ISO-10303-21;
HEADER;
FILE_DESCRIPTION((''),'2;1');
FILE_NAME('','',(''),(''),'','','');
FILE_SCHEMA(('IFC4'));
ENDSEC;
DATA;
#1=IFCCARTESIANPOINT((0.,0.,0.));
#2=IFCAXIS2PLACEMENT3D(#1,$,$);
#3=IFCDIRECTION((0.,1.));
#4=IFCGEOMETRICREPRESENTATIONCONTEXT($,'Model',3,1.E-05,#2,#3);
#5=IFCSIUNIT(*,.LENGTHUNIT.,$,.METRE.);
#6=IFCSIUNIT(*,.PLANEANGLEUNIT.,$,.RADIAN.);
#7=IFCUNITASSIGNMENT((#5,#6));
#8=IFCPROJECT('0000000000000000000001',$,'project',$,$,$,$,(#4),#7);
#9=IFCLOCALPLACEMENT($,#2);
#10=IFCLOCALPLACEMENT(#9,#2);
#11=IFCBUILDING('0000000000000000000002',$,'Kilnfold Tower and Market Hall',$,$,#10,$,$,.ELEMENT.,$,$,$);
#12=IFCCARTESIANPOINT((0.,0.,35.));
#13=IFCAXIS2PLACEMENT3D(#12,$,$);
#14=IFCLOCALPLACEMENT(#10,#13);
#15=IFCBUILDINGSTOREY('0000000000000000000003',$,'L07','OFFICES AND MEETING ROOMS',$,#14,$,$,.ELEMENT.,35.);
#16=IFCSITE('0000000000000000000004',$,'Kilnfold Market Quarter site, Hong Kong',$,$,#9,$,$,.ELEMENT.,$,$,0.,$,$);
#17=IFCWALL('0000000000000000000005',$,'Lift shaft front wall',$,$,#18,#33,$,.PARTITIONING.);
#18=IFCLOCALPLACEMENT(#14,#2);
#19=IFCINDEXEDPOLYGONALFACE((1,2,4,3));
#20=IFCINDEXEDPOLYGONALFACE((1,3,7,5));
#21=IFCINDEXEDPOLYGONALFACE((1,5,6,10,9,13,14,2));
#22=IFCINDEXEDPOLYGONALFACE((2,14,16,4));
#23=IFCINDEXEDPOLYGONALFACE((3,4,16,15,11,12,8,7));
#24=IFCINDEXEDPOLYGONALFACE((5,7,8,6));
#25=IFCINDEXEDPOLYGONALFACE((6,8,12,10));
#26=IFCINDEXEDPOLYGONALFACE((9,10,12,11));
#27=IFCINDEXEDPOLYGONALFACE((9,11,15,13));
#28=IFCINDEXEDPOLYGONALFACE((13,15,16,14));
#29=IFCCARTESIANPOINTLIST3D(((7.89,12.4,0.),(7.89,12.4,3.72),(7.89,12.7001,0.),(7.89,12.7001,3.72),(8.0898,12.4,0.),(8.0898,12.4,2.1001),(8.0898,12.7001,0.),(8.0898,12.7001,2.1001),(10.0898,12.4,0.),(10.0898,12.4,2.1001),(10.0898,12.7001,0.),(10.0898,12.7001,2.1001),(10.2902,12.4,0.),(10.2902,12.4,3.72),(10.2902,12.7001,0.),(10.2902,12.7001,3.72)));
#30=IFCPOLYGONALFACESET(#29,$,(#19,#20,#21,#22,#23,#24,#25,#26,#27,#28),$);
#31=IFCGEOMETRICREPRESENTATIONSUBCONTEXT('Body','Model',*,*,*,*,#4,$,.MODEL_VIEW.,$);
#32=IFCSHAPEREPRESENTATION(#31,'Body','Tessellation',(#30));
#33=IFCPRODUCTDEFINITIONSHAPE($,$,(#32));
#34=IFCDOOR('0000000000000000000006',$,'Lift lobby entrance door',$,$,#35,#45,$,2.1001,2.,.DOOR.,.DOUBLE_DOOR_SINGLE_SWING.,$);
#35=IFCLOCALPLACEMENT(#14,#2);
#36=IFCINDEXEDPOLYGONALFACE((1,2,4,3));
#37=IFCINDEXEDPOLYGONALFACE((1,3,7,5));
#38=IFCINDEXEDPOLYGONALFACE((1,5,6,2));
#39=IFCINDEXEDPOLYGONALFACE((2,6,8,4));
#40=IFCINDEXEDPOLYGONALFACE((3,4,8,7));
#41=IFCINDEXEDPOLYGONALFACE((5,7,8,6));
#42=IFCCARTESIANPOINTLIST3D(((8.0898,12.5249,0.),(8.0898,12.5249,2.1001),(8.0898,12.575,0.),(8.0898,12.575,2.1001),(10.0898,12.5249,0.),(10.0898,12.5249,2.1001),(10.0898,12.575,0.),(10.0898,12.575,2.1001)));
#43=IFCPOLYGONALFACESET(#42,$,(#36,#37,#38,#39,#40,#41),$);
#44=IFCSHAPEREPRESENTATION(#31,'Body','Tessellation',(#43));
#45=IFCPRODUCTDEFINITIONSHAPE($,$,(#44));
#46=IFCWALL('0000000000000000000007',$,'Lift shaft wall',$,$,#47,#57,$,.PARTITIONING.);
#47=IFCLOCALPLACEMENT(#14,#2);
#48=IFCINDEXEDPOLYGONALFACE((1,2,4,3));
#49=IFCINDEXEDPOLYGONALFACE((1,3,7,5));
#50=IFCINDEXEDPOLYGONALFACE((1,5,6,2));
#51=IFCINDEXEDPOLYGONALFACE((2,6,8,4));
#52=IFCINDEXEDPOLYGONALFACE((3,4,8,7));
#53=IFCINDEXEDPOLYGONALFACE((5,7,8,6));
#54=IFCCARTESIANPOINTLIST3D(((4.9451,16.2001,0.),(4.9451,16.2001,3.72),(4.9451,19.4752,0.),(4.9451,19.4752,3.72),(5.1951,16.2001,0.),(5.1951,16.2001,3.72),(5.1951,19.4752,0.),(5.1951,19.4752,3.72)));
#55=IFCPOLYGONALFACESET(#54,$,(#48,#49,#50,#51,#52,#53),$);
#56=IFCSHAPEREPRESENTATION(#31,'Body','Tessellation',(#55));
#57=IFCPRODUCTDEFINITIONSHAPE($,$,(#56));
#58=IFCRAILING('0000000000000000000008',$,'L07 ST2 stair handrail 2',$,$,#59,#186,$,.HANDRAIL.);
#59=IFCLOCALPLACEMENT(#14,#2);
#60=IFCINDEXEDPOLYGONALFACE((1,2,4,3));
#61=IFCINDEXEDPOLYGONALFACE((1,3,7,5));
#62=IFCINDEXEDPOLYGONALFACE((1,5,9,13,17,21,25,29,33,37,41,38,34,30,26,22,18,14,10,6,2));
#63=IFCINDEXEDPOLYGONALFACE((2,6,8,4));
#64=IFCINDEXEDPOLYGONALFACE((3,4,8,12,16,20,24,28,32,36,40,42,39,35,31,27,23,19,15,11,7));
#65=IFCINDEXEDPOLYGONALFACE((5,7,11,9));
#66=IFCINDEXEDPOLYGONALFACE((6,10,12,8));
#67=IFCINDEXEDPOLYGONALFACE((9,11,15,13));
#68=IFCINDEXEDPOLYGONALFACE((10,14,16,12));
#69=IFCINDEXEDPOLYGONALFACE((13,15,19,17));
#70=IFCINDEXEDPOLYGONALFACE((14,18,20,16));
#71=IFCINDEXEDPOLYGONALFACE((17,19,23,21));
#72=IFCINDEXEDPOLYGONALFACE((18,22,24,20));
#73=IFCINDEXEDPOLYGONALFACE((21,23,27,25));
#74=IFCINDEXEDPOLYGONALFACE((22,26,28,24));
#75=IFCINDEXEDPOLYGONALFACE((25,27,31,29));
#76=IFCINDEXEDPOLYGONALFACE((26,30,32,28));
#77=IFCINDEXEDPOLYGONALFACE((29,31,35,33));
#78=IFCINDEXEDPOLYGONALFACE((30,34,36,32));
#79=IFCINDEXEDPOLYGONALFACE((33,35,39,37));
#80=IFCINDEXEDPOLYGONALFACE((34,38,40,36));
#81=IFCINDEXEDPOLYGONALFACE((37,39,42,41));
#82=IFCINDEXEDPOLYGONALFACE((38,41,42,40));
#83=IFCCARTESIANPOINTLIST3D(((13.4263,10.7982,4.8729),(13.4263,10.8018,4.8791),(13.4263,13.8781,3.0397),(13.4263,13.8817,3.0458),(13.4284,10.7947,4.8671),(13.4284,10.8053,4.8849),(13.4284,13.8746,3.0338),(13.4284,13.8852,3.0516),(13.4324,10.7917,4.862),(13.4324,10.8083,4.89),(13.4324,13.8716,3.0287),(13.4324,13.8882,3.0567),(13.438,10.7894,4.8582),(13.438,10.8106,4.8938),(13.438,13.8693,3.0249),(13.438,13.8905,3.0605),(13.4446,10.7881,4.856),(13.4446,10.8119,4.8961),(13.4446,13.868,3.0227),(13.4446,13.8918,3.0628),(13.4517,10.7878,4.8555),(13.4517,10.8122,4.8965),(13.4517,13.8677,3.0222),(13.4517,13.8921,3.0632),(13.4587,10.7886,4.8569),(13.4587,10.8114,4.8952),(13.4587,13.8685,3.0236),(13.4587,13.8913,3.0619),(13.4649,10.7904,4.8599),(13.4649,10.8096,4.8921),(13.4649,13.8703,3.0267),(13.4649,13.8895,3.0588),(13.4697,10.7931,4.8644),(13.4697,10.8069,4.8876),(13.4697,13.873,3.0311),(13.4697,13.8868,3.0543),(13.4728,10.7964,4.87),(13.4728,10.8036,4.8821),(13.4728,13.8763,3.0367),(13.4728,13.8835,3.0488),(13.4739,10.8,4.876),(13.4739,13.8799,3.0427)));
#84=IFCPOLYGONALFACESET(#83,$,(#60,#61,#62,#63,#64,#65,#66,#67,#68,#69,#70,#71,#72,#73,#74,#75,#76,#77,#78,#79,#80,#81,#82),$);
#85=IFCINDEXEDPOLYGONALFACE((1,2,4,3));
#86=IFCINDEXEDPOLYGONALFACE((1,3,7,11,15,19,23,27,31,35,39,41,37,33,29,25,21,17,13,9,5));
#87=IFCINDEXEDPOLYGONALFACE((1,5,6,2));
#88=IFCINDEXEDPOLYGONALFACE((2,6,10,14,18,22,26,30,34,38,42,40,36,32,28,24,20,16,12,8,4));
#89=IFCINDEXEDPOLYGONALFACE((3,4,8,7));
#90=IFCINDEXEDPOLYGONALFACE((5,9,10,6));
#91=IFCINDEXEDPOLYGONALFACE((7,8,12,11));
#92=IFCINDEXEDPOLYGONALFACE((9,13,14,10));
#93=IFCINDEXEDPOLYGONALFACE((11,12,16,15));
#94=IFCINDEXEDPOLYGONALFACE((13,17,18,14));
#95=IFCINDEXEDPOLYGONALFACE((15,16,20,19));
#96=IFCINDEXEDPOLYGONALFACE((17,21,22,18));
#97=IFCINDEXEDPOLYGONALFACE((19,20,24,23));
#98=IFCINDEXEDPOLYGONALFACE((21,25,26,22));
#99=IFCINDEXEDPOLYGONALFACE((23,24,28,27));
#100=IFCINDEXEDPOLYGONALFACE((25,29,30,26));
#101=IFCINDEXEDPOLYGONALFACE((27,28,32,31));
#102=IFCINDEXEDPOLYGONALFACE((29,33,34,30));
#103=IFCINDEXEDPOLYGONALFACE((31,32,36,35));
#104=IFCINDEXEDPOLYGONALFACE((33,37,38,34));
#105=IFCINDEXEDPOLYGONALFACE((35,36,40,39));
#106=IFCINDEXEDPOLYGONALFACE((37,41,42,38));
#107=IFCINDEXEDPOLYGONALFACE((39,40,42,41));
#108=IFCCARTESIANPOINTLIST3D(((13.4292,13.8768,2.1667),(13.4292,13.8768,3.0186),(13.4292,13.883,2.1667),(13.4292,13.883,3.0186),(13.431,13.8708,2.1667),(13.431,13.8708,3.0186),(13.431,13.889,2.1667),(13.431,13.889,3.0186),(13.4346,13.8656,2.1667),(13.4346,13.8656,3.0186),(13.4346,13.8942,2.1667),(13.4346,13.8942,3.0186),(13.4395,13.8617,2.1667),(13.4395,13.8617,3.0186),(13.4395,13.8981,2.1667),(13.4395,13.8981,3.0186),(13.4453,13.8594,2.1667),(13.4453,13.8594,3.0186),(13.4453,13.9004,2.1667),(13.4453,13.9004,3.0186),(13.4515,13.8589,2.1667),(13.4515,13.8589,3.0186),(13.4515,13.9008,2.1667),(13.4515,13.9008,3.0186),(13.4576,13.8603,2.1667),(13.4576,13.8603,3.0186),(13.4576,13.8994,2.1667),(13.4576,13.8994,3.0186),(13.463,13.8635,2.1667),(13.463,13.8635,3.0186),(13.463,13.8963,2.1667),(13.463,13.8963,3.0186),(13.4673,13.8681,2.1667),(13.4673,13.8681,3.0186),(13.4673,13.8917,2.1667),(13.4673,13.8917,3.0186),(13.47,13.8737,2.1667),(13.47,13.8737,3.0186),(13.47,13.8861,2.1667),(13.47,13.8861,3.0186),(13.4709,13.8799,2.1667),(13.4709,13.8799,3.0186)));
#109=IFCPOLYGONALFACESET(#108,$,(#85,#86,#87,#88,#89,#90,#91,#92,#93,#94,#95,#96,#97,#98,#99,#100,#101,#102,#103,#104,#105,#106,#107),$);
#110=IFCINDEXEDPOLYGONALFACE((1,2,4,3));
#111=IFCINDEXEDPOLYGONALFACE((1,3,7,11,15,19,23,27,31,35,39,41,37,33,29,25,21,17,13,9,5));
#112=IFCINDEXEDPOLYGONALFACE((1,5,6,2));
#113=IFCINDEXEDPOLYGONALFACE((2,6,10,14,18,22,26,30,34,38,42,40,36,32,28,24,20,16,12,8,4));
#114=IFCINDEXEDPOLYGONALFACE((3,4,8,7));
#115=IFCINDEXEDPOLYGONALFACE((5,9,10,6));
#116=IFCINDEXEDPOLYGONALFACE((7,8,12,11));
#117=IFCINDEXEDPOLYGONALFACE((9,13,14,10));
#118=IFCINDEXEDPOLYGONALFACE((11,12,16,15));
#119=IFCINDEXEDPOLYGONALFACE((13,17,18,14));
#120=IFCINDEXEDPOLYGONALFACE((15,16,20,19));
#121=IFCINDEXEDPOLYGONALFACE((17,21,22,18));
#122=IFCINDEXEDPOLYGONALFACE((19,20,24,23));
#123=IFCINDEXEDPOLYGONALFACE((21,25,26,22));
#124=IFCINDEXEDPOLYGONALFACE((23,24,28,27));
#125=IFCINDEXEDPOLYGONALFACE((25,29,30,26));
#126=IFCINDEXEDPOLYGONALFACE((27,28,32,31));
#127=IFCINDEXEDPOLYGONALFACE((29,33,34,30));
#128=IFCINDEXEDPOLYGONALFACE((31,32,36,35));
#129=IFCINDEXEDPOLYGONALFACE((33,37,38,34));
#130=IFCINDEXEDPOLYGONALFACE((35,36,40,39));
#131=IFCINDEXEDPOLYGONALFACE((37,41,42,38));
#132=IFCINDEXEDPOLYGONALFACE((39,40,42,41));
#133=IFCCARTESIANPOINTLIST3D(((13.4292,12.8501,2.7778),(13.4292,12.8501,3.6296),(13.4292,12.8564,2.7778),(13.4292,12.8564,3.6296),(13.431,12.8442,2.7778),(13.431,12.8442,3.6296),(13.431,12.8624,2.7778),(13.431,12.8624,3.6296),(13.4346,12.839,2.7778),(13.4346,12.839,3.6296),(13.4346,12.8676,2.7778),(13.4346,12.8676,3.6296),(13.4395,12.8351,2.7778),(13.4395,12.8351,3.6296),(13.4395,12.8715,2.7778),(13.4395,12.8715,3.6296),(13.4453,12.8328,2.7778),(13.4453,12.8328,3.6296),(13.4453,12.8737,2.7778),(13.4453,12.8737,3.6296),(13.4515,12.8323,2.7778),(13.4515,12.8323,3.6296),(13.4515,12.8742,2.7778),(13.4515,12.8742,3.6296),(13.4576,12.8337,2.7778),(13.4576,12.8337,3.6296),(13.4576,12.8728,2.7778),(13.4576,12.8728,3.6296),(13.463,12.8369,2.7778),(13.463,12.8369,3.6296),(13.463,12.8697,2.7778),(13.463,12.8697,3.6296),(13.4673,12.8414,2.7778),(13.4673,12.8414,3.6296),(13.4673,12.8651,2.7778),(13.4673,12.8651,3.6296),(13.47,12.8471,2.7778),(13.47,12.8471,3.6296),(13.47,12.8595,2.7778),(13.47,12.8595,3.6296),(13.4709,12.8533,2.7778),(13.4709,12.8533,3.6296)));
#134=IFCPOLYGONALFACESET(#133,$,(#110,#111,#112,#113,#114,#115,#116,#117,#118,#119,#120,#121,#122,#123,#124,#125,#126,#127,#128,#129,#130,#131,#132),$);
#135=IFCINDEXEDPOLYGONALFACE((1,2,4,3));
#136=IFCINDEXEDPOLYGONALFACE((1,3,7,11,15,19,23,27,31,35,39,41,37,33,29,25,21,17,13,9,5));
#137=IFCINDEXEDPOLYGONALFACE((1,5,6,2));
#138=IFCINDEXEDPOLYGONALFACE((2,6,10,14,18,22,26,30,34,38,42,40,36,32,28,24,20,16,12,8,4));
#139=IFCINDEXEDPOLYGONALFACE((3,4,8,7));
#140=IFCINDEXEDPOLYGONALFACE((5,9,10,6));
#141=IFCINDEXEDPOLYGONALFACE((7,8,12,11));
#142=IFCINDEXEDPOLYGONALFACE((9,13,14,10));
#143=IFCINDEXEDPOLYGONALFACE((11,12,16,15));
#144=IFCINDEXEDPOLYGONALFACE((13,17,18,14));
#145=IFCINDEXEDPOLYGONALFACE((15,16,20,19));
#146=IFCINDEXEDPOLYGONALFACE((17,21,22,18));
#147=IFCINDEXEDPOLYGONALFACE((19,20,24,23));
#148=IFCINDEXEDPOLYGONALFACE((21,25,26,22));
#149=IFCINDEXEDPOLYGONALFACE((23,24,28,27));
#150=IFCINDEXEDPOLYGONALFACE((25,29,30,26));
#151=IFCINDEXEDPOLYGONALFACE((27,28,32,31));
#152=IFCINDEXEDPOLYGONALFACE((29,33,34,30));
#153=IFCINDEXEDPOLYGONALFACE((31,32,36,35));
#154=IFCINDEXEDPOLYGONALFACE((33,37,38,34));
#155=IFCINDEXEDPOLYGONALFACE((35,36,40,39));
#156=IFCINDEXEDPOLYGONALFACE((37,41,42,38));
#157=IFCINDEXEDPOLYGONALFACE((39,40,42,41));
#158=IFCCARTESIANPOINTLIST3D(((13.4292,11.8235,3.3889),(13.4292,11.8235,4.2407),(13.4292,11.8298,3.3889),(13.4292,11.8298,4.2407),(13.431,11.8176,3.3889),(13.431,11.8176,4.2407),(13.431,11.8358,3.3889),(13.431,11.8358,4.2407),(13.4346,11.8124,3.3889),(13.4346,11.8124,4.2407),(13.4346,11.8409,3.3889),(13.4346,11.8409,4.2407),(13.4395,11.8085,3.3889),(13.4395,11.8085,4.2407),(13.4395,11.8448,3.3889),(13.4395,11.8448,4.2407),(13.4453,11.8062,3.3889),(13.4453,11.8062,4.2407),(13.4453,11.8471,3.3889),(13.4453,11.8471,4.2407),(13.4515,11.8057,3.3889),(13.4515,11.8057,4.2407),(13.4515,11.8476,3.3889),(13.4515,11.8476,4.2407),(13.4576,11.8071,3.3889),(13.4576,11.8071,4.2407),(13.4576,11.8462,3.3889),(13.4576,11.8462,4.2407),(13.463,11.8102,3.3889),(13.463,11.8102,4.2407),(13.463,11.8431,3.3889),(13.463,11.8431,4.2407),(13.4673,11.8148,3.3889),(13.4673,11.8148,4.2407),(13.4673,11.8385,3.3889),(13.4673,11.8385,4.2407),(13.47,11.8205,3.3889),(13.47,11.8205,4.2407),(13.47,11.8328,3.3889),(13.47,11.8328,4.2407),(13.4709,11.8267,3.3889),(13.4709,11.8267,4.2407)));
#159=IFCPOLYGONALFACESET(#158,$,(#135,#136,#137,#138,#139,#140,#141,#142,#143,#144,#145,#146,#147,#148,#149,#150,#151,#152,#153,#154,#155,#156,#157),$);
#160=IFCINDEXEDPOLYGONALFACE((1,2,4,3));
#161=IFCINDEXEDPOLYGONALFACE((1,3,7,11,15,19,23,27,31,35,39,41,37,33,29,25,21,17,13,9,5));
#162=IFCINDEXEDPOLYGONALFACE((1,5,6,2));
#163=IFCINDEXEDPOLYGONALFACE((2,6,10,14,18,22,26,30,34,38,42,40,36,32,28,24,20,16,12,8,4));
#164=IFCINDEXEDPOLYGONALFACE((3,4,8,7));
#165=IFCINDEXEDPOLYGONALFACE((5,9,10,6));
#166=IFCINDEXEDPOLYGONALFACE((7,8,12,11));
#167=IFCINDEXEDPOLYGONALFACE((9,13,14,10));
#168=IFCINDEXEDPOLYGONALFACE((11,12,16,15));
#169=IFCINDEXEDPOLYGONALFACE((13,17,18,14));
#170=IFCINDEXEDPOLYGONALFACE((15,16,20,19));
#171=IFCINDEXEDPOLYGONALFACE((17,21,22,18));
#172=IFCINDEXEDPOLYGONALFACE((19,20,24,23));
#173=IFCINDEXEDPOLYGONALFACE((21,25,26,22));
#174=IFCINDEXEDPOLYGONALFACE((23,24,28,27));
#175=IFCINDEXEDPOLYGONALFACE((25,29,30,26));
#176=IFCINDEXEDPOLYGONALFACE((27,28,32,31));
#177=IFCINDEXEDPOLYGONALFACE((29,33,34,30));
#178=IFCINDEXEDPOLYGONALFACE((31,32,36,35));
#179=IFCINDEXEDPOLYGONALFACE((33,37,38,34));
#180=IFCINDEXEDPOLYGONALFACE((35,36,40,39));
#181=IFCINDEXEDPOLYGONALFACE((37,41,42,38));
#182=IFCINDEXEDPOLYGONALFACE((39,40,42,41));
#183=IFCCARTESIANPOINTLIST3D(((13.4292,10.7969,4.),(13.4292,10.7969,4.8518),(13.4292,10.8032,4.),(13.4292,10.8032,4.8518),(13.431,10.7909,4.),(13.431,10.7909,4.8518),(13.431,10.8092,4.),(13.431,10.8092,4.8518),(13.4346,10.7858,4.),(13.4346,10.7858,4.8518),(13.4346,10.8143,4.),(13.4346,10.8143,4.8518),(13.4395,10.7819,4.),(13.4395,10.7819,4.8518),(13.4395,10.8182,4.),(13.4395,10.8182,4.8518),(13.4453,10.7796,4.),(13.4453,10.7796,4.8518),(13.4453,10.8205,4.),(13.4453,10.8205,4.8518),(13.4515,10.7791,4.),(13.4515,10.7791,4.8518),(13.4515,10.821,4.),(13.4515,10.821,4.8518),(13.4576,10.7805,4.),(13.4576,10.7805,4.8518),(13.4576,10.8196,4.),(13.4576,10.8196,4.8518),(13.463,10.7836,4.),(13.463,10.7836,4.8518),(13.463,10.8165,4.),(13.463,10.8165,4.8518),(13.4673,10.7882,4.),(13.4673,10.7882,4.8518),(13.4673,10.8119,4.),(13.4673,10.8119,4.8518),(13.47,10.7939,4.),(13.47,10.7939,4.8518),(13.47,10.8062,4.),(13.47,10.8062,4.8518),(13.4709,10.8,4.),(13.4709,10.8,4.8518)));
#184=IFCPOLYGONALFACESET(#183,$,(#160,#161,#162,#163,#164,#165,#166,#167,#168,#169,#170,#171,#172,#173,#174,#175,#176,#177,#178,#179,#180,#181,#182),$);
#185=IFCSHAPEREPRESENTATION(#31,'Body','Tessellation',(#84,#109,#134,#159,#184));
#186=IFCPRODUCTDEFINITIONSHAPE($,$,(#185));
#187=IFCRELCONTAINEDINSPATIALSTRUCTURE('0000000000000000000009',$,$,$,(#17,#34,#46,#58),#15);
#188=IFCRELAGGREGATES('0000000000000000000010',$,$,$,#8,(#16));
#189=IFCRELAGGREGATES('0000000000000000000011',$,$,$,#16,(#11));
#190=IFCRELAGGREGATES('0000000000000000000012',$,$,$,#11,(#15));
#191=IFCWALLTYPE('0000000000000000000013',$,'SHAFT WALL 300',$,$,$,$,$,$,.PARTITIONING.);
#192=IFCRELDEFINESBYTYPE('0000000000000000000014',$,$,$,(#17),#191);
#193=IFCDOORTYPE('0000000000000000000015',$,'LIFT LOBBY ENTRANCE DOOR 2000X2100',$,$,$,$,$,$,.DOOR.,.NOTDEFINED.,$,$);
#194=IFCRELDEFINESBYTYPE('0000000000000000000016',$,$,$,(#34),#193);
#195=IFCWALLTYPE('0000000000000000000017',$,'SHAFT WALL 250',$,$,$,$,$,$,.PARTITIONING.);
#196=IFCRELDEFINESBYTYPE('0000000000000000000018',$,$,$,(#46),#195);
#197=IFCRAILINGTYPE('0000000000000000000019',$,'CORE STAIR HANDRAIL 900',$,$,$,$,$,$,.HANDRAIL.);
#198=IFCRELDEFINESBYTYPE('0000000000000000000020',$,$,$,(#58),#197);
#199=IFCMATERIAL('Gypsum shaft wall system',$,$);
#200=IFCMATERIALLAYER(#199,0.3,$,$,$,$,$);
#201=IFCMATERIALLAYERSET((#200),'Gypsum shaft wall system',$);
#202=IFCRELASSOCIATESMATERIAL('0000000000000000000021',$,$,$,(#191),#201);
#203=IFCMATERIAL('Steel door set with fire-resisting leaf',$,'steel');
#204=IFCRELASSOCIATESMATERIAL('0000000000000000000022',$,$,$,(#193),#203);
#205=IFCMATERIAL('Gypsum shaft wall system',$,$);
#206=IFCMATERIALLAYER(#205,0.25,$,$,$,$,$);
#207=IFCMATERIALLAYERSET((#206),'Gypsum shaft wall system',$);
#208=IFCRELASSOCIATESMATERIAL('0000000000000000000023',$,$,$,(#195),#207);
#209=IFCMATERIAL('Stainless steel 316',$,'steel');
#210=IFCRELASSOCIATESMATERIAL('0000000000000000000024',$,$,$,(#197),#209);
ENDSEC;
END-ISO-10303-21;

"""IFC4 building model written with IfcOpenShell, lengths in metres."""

from ifc_helpers import new_model, si_unit, direction, frame, frame_2d, origin, origin_2d, place, context, subcontext, project, spatial, rectangle, circle, extrude, source, transform, mapped, material, layer, layer_set, type_object, element, fill, save


model = new_model("IFC4")

# Units and contexts
model_context = context("Model", 3, precision=1e-05, world=origin(), true_north=direction((0.0, 1.0)))
body_context = subcontext(model_context, "Body", "Model", "MODEL_VIEW")
ifc_project = project(units=[si_unit("LENGTHUNIT", "METRE"), si_unit("PLANEANGLEUNIT", "RADIAN")], contexts=[model_context])

# Site, building, storey
site_placement = place(None, origin())
site = spatial("IfcSite", under=ifc_project, at=site_placement, Name="Kilnfold Market Quarter site, Hong Kong", CompositionType="ELEMENT", RefElevation=0.0)
building_placement = place(site_placement, origin())
building = spatial("IfcBuilding", under=site, at=building_placement, Name="Kilnfold Tower and Market Hall", CompositionType="ELEMENT")
storey_placement = place(building_placement, frame((0.0, 0.0, 35.0)))
storey = spatial("IfcBuildingStorey", under=building, at=storey_placement, Name="L07", Description="OFFICES AND MEETING ROOMS", CompositionType="ELEMENT", Elevation=35.0)

# Shared definitions
ifc_material_1 = material(Name="Gypsum shaft wall system")
ifc_layer_1 = layer(ifc_material_1, 0.3)
ifc_layer_set_1 = layer_set([ifc_layer_1], Name="Gypsum shaft wall system")
wall_type_1 = type_object("IfcWallType", Name="SHAFT WALL 300", PredefinedType="PARTITIONING", material=ifc_layer_set_1)

# Wall, opening, door
shared_shape_1 = source(origin(), body_context, "Body", "SweptSolid", [
    extrude(rectangle(XDim=2.4001, YDim=0.3, at=frame_2d((1.2002, 0.0))), origin(), (0.0, 0.0, 1.0), 3.72),
])
wall_1_placement = place(storey_placement, frame((7.8899, 12.55, 0.0), z_axis=(0.0, 0.0, 1.0), x_axis=(1.0, 0.0, 0.0)))
wall_1 = element("IfcWall", 1, at=wall_1_placement, inside=storey, type_object=wall_type_1, Name="Lift shaft front wall", PredefinedType="PARTITIONING", context=body_context, shape_type="MappedRepresentation", body=[
    mapped(shared_shape_1, transform((0.0, 0.0, 0.0))),
])
opening_1_placement = place(wall_1_placement, frame((0.2, 0.0, 0.0)))
opening_1 = element("IfcOpeningElement", 2, at=opening_1_placement, cuts=wall_1, PredefinedType="OPENING", context=body_context, shape_type="SweptSolid", body=[
    extrude(rectangle(XDim=2.0, YDim=2.1001, at=frame_2d((1.0, 1.05))), frame((0.0, 0.1602, 0.0), z_axis=(0.0, -1.0, 0.0), x_axis=(1.0, 0.0, 0.0)), (0.0, 0.0, 1.0), 0.3201),
])
ifc_material_2 = material(Name="Steel door set with fire-resisting leaf", Category="steel")
door_type_1 = type_object("IfcDoorType", Name="LIFT LOBBY ENTRANCE DOOR 2000X2100", OperationType="NOTDEFINED", PredefinedType="DOOR", material=ifc_material_2)
door_1_placement = place(opening_1_placement, origin())
door_1 = element("IfcDoor", 3, at=door_1_placement, inside=storey, type_object=door_type_1, Name="Lift lobby entrance door", OperationType="DOUBLE_DOOR_SINGLE_SWING", OverallHeight=2.1001, OverallWidth=2.0, PredefinedType="DOOR", context=body_context, shape_type="SweptSolid", body=[
    extrude(rectangle(XDim=2.0, YDim=2.1001, at=frame_2d((1.0, 1.05))), frame((0.0, 0.0249, 0.0), z_axis=(0.0, -1.0, 0.0), x_axis=(1.0, 0.0, 0.0)), (0.0, 0.0, 1.0), 0.05),
])
fill(opening_1, door_1)

# Wall
ifc_material_3 = material(Name="Gypsum shaft wall system")
ifc_layer_2 = layer(ifc_material_3, 0.25)
ifc_layer_set_2 = layer_set([ifc_layer_2], Name="Gypsum shaft wall system")
wall_type_2 = type_object("IfcWallType", Name="SHAFT WALL 250", PredefinedType="PARTITIONING", material=ifc_layer_set_2)
shared_shape_2 = source(origin(), body_context, "Body", "SweptSolid", [
    extrude(rectangle(XDim=3.2751, YDim=0.25, at=frame_2d((1.6377, 0.0))), origin(), (0.0, 0.0, 1.0), 3.72),
])
wall_2_placement = place(storey_placement, frame((5.0701, 16.2, 0.0), z_axis=(0.0, 0.0, 1.0), x_axis=(0.0, 1.0, 0.0)))
element("IfcWall", 4, at=wall_2_placement, inside=storey, type_object=wall_type_2, Name="Lift shaft wall", PredefinedType="PARTITIONING", context=body_context, shape_type="MappedRepresentation", body=[
    mapped(shared_shape_2, transform((0.0, 0.0, 0.0))),
])

# Railing
ifc_material_4 = material(Name="Stainless steel 316", Category="steel")
railing_type = type_object("IfcRailingType", Name="CORE STAIR HANDRAIL 900", PredefinedType="HANDRAIL", material=ifc_material_4)
railing_placement = place(storey_placement, frame((13.45, 13.8799, 2.1667)))
element("IfcRailing", 5, at=railing_placement, inside=storey, type_object=railing_type, Name="L07 ST2 stair handrail 2", PredefinedType="HANDRAIL", context=body_context, shape_type="SweptSolid", body=[
    extrude(circle(Radius=0.0239, at=origin_2d()), frame((0.0, 0.0, 0.876), z_axis=(0.0, -0.859291, 0.511487), x_axis=(1.0, 0.0, 0.0)), (0.0, 0.0, 1.0), 3.5842),
    extrude(circle(Radius=0.021, at=origin_2d()), origin(), (0.0, 0.0, 1.0), 0.8518),
    extrude(circle(Radius=0.021, at=origin_2d()), frame((0.0, -1.0266, 0.6111)), (0.0, 0.0, 1.0), 0.8518),
    extrude(circle(Radius=0.021, at=origin_2d()), frame((0.0, -2.0532, 1.2222)), (0.0, 0.0, 1.0), 0.8518),
    extrude(circle(Radius=0.021, at=origin_2d()), frame((0.0, -3.0798, 1.8333)), (0.0, 0.0, 1.0), 0.8518),
])

save(model, "model.ifc")
